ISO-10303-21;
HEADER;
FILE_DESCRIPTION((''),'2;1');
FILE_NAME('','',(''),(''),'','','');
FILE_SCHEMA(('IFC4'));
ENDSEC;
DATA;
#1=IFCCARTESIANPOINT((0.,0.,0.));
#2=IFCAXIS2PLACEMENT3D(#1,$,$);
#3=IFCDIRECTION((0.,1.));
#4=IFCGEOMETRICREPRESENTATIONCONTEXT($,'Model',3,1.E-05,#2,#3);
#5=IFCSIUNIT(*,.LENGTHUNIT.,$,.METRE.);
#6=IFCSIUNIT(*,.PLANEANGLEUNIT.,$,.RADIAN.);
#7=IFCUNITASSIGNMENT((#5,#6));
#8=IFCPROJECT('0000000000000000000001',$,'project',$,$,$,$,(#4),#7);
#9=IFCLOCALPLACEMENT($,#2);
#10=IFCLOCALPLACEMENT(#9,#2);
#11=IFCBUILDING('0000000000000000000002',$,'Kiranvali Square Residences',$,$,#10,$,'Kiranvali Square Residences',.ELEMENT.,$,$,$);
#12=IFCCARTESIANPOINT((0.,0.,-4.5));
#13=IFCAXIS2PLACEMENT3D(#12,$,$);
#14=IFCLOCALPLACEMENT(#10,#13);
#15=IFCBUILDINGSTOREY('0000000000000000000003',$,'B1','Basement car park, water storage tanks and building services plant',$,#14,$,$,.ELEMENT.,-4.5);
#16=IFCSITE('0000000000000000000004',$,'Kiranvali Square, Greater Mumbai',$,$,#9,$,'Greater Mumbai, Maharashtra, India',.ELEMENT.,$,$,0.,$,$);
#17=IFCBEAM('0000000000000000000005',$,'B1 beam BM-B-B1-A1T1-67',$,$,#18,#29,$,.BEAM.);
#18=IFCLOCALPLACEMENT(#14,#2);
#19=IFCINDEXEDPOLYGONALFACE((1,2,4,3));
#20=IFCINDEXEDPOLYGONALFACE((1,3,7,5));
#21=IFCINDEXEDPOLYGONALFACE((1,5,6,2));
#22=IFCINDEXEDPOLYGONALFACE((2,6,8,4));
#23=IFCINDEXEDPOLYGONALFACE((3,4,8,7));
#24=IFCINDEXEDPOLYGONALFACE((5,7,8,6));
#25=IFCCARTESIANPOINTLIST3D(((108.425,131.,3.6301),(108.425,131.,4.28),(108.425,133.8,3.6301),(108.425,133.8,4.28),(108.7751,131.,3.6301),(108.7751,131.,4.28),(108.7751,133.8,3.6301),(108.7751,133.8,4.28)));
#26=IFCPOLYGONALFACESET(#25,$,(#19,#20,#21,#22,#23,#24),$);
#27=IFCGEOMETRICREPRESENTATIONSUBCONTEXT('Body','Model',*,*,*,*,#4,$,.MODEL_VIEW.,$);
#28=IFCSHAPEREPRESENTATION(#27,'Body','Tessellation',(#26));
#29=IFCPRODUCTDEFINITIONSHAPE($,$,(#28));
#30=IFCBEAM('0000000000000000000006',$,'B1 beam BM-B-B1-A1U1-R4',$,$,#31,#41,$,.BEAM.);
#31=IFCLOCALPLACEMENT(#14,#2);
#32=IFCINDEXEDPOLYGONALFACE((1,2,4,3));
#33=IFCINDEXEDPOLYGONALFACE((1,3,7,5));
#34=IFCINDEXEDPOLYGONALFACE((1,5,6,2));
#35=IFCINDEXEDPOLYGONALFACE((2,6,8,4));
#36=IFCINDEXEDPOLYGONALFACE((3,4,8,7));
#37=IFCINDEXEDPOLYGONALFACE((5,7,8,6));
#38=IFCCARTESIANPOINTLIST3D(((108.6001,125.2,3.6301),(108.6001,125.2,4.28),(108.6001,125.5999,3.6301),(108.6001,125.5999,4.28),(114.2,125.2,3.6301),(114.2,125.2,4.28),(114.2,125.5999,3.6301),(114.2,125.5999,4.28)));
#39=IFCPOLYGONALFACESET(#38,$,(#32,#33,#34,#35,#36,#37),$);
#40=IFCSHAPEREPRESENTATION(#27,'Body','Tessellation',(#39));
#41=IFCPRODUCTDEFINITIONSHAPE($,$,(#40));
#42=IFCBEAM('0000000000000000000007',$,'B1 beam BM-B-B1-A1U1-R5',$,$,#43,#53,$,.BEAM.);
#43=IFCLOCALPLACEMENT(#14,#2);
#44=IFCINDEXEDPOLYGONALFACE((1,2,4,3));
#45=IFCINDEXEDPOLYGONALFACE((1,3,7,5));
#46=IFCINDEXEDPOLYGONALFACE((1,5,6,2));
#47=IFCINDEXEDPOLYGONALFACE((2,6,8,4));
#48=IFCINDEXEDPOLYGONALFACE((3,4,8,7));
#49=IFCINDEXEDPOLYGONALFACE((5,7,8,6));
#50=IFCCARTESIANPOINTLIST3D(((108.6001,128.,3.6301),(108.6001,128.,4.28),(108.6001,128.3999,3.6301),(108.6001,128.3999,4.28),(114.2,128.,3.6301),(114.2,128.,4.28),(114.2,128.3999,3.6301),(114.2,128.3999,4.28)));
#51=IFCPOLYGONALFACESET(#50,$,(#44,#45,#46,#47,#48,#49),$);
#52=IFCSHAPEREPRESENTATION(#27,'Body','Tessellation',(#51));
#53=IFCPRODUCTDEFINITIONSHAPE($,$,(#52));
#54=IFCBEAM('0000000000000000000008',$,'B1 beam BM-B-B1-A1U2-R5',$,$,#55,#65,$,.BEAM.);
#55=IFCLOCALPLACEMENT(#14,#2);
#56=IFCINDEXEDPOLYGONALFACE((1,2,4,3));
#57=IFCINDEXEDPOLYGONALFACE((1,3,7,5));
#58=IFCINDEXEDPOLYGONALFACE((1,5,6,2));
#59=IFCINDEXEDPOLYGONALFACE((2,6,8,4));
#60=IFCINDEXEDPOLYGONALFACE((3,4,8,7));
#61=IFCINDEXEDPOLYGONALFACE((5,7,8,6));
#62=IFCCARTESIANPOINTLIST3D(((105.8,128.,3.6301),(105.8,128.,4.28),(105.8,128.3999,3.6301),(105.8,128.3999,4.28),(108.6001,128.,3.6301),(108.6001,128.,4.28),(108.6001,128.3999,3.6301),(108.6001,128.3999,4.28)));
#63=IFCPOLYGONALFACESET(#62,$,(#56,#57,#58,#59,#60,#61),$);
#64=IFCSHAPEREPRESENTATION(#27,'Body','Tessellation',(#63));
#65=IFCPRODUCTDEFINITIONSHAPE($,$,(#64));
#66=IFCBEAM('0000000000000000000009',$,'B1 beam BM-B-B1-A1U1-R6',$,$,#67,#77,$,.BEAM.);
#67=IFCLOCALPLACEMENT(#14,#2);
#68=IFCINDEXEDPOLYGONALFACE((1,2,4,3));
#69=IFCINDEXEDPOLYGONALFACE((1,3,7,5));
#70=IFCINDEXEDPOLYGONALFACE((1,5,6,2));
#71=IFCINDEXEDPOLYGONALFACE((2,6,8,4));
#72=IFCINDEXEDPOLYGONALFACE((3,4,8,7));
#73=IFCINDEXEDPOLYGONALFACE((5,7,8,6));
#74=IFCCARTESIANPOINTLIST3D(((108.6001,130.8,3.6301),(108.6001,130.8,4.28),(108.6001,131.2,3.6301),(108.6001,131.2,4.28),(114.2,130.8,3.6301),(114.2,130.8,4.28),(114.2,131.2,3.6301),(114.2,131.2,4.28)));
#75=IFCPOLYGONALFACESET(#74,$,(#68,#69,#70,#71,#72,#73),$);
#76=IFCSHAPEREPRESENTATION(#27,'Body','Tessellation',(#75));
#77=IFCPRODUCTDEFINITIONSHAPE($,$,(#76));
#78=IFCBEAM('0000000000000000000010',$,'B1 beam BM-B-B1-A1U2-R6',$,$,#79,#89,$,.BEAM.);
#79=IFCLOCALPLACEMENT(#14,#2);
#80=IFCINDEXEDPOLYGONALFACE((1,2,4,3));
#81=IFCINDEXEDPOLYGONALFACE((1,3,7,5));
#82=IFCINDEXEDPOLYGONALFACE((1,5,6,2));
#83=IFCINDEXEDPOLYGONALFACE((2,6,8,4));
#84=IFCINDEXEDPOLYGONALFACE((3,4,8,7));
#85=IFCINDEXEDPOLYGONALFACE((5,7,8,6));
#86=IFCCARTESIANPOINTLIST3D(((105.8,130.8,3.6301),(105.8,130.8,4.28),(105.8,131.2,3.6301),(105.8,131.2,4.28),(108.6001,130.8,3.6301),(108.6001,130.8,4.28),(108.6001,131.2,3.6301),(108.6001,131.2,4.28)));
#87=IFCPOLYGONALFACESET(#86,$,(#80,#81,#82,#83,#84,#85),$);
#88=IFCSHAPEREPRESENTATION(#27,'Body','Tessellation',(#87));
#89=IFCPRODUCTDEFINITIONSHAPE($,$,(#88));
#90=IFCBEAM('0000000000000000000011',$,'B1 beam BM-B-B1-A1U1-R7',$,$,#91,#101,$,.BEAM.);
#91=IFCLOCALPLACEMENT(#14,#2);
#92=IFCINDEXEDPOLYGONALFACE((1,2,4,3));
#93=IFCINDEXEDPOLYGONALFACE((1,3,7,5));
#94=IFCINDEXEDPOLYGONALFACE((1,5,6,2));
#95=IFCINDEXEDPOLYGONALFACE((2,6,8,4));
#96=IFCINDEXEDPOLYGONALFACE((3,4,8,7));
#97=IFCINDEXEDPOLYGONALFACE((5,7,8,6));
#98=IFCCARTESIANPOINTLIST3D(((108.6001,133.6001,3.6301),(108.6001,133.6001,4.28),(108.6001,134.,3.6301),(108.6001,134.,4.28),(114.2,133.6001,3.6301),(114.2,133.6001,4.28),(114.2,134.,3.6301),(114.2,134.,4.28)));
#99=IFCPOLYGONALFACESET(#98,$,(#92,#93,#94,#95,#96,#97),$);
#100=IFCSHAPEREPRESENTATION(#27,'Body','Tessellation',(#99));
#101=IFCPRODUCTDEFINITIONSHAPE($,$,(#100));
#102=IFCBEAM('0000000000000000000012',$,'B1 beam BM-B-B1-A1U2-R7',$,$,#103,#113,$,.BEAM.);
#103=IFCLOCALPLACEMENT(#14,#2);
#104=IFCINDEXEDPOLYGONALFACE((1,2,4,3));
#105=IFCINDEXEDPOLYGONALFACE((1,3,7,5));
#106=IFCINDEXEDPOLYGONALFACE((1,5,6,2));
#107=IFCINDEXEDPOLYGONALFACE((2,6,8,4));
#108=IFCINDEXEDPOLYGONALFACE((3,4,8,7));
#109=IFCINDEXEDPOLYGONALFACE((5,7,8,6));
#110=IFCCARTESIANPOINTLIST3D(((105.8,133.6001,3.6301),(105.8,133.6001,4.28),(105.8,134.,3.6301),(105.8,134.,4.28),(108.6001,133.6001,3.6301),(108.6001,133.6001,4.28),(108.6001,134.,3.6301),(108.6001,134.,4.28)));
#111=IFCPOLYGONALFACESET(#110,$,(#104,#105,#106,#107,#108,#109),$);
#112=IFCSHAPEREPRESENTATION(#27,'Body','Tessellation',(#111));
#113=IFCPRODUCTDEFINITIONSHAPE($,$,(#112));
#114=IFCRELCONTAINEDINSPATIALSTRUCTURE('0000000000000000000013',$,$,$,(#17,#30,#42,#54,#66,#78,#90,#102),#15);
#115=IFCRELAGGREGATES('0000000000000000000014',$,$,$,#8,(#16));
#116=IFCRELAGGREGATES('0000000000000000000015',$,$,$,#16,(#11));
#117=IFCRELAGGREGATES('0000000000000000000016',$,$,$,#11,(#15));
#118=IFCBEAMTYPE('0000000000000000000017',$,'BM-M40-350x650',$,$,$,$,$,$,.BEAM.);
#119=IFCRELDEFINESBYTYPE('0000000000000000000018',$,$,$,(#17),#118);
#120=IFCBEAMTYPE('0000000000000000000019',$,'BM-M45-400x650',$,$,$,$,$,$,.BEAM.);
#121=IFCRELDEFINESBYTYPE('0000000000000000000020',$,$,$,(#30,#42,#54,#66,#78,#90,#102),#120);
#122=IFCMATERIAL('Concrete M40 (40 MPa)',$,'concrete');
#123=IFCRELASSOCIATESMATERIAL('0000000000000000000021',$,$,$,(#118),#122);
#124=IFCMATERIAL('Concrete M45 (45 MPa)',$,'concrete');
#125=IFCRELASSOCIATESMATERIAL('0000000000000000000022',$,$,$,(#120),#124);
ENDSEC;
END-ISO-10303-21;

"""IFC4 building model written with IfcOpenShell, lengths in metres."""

from ifc_helpers import new_model, si_unit, direction, frame, origin, origin_2d, place, context, subcontext, project, spatial, rectangle, extrude, material, material_profile, profile_set, type_object, element, save


model = new_model("IFC4")

# Units and contexts
model_context = context("Model", 3, precision=1e-05, world=origin(), true_north=direction((0.0, 1.0)))
body_context = subcontext(model_context, "Body", "Model", "MODEL_VIEW")
ifc_project = project(units=[si_unit("LENGTHUNIT", "METRE"), si_unit("PLANEANGLEUNIT", "RADIAN")], contexts=[model_context])

# Site, building, storey
site_placement = place(None, origin())
site = spatial("IfcSite", under=ifc_project, at=site_placement, Name="Kiranvali Square, Greater Mumbai", LongName="Greater Mumbai, Maharashtra, India", CompositionType="ELEMENT", RefElevation=0.0)
building_placement = place(site_placement, origin())
building = spatial("IfcBuilding", under=site, at=building_placement, Name="Kiranvali Square Residences", LongName="Kiranvali Square Residences", CompositionType="ELEMENT")
storey_placement = place(building_placement, frame((0.0, 0.0, -4.5)))
storey = spatial("IfcBuildingStorey", under=building, at=storey_placement, Name="B1", Description="Basement car park, water storage tanks and building services plant", CompositionType="ELEMENT", Elevation=-4.5)

# Shared definitions
ifc_material_1 = material(Name="Concrete M40 (40 MPa)", Category="concrete")

# Beams
ifc_material_profile_1 = material_profile(ifc_material_1, rectangle(XDim=0.3501, YDim=0.6499, at=origin_2d()), Name="RC 350x650")
ifc_profile_set_1 = profile_set([ifc_material_profile_1], Name="Concrete M40 (40 MPa)")
beam_type_1 = type_object("IfcBeamType", Name="BM-M40-350x650", PredefinedType="BEAM", material=ifc_profile_set_1)
for number, where, z_axis, x_axis, name in (
    (1, (108.6001, 131.0, 3.9551), (0.0, 1.0, 0.0), (-1.0, 0.0, 0.0), "B1 beam BM-B-B1-A1T1-67"),
):
    element("IfcBeam", number, at=place(storey_placement, frame(where, z_axis=z_axis, x_axis=x_axis)), inside=storey, type_object=beam_type_1, Name=name, PredefinedType="BEAM", context=body_context, shape_type="SweptSolid", body=[
        extrude(rectangle(XDim=0.3501, YDim=0.6499, at=origin_2d()), origin(), (0.0, 0.0, 1.0), 2.8),
    ])
ifc_material_2 = material(Name="Concrete M45 (45 MPa)", Category="concrete")
ifc_material_profile_2 = material_profile(ifc_material_2, rectangle(XDim=0.3999, YDim=0.6499, at=origin_2d()), Name="RC 400x650")
ifc_profile_set_2 = profile_set([ifc_material_profile_2], Name="Concrete M45 (45 MPa)")
beam_type_2 = type_object("IfcBeamType", Name="BM-M45-400x650", PredefinedType="BEAM", material=ifc_profile_set_2)
for number, where, z_axis, x_axis, name in (
    (2, (114.2, 125.3999, 3.9551), (-1.0, 0.0, 0.0), (0.0, -1.0, 0.0), "B1 beam BM-B-B1-A1U1-R4"),
    (3, (114.2, 128.2, 3.9551), (-1.0, 0.0, 0.0), (0.0, -1.0, 0.0), "B1 beam BM-B-B1-A1U1-R5"),
):
    element("IfcBeam", number, at=place(storey_placement, frame(where, z_axis=z_axis, x_axis=x_axis)), inside=storey, type_object=beam_type_2, Name=name, PredefinedType="BEAM", context=body_context, shape_type="SweptSolid", body=[
        extrude(rectangle(XDim=0.3999, YDim=0.6499, at=origin_2d()), origin(), (0.0, 0.0, 1.0), 5.5999),
    ])
beam_1_placement = place(storey_placement, frame((108.6001, 128.2, 3.9551), z_axis=(-1.0, 0.0, 0.0), x_axis=(0.0, -1.0, 0.0)))
element("IfcBeam", 4, at=beam_1_placement, inside=storey, type_object=beam_type_2, Name="B1 beam BM-B-B1-A1U2-R5", PredefinedType="BEAM", context=body_context, shape_type="SweptSolid", body=[
    extrude(rectangle(XDim=0.3999, YDim=0.6499, at=origin_2d()), origin(), (0.0, 0.0, 1.0), 2.8),
])
beam_2_placement = place(storey_placement, frame((114.2, 131.0, 3.9551), z_axis=(-1.0, 0.0, 0.0), x_axis=(0.0, -1.0, 0.0)))
element("IfcBeam", 5, at=beam_2_placement, inside=storey, type_object=beam_type_2, Name="B1 beam BM-B-B1-A1U1-R6", PredefinedType="BEAM", context=body_context, shape_type="SweptSolid", body=[
    extrude(rectangle(XDim=0.3999, YDim=0.6499, at=origin_2d()), origin(), (0.0, 0.0, 1.0), 5.5999),
])
beam_3_placement = place(storey_placement, frame((108.6001, 131.0, 3.9551), z_axis=(-1.0, 0.0, 0.0), x_axis=(0.0, -1.0, 0.0)))
element("IfcBeam", 6, at=beam_3_placement, inside=storey, type_object=beam_type_2, Name="B1 beam BM-B-B1-A1U2-R6", PredefinedType="BEAM", context=body_context, shape_type="SweptSolid", body=[
    extrude(rectangle(XDim=0.3999, YDim=0.6499, at=origin_2d()), origin(), (0.0, 0.0, 1.0), 2.8),
])
beam_4_placement = place(storey_placement, frame((114.2, 133.8, 3.9551), z_axis=(-1.0, 0.0, 0.0), x_axis=(0.0, -1.0, 0.0)))
element("IfcBeam", 7, at=beam_4_placement, inside=storey, type_object=beam_type_2, Name="B1 beam BM-B-B1-A1U1-R7", PredefinedType="BEAM", context=body_context, shape_type="SweptSolid", body=[
    extrude(rectangle(XDim=0.3999, YDim=0.6499, at=origin_2d()), origin(), (0.0, 0.0, 1.0), 5.5999),
])
beam_5_placement = place(storey_placement, frame((108.6001, 133.8, 3.9551), z_axis=(-1.0, 0.0, 0.0), x_axis=(0.0, -1.0, 0.0)))
element("IfcBeam", 8, at=beam_5_placement, inside=storey, type_object=beam_type_2, Name="B1 beam BM-B-B1-A1U2-R7", PredefinedType="BEAM", context=body_context, shape_type="SweptSolid", body=[
    extrude(rectangle(XDim=0.3999, YDim=0.6499, at=origin_2d()), origin(), (0.0, 0.0, 1.0), 2.8),
])

save(model, "model.ifc")
